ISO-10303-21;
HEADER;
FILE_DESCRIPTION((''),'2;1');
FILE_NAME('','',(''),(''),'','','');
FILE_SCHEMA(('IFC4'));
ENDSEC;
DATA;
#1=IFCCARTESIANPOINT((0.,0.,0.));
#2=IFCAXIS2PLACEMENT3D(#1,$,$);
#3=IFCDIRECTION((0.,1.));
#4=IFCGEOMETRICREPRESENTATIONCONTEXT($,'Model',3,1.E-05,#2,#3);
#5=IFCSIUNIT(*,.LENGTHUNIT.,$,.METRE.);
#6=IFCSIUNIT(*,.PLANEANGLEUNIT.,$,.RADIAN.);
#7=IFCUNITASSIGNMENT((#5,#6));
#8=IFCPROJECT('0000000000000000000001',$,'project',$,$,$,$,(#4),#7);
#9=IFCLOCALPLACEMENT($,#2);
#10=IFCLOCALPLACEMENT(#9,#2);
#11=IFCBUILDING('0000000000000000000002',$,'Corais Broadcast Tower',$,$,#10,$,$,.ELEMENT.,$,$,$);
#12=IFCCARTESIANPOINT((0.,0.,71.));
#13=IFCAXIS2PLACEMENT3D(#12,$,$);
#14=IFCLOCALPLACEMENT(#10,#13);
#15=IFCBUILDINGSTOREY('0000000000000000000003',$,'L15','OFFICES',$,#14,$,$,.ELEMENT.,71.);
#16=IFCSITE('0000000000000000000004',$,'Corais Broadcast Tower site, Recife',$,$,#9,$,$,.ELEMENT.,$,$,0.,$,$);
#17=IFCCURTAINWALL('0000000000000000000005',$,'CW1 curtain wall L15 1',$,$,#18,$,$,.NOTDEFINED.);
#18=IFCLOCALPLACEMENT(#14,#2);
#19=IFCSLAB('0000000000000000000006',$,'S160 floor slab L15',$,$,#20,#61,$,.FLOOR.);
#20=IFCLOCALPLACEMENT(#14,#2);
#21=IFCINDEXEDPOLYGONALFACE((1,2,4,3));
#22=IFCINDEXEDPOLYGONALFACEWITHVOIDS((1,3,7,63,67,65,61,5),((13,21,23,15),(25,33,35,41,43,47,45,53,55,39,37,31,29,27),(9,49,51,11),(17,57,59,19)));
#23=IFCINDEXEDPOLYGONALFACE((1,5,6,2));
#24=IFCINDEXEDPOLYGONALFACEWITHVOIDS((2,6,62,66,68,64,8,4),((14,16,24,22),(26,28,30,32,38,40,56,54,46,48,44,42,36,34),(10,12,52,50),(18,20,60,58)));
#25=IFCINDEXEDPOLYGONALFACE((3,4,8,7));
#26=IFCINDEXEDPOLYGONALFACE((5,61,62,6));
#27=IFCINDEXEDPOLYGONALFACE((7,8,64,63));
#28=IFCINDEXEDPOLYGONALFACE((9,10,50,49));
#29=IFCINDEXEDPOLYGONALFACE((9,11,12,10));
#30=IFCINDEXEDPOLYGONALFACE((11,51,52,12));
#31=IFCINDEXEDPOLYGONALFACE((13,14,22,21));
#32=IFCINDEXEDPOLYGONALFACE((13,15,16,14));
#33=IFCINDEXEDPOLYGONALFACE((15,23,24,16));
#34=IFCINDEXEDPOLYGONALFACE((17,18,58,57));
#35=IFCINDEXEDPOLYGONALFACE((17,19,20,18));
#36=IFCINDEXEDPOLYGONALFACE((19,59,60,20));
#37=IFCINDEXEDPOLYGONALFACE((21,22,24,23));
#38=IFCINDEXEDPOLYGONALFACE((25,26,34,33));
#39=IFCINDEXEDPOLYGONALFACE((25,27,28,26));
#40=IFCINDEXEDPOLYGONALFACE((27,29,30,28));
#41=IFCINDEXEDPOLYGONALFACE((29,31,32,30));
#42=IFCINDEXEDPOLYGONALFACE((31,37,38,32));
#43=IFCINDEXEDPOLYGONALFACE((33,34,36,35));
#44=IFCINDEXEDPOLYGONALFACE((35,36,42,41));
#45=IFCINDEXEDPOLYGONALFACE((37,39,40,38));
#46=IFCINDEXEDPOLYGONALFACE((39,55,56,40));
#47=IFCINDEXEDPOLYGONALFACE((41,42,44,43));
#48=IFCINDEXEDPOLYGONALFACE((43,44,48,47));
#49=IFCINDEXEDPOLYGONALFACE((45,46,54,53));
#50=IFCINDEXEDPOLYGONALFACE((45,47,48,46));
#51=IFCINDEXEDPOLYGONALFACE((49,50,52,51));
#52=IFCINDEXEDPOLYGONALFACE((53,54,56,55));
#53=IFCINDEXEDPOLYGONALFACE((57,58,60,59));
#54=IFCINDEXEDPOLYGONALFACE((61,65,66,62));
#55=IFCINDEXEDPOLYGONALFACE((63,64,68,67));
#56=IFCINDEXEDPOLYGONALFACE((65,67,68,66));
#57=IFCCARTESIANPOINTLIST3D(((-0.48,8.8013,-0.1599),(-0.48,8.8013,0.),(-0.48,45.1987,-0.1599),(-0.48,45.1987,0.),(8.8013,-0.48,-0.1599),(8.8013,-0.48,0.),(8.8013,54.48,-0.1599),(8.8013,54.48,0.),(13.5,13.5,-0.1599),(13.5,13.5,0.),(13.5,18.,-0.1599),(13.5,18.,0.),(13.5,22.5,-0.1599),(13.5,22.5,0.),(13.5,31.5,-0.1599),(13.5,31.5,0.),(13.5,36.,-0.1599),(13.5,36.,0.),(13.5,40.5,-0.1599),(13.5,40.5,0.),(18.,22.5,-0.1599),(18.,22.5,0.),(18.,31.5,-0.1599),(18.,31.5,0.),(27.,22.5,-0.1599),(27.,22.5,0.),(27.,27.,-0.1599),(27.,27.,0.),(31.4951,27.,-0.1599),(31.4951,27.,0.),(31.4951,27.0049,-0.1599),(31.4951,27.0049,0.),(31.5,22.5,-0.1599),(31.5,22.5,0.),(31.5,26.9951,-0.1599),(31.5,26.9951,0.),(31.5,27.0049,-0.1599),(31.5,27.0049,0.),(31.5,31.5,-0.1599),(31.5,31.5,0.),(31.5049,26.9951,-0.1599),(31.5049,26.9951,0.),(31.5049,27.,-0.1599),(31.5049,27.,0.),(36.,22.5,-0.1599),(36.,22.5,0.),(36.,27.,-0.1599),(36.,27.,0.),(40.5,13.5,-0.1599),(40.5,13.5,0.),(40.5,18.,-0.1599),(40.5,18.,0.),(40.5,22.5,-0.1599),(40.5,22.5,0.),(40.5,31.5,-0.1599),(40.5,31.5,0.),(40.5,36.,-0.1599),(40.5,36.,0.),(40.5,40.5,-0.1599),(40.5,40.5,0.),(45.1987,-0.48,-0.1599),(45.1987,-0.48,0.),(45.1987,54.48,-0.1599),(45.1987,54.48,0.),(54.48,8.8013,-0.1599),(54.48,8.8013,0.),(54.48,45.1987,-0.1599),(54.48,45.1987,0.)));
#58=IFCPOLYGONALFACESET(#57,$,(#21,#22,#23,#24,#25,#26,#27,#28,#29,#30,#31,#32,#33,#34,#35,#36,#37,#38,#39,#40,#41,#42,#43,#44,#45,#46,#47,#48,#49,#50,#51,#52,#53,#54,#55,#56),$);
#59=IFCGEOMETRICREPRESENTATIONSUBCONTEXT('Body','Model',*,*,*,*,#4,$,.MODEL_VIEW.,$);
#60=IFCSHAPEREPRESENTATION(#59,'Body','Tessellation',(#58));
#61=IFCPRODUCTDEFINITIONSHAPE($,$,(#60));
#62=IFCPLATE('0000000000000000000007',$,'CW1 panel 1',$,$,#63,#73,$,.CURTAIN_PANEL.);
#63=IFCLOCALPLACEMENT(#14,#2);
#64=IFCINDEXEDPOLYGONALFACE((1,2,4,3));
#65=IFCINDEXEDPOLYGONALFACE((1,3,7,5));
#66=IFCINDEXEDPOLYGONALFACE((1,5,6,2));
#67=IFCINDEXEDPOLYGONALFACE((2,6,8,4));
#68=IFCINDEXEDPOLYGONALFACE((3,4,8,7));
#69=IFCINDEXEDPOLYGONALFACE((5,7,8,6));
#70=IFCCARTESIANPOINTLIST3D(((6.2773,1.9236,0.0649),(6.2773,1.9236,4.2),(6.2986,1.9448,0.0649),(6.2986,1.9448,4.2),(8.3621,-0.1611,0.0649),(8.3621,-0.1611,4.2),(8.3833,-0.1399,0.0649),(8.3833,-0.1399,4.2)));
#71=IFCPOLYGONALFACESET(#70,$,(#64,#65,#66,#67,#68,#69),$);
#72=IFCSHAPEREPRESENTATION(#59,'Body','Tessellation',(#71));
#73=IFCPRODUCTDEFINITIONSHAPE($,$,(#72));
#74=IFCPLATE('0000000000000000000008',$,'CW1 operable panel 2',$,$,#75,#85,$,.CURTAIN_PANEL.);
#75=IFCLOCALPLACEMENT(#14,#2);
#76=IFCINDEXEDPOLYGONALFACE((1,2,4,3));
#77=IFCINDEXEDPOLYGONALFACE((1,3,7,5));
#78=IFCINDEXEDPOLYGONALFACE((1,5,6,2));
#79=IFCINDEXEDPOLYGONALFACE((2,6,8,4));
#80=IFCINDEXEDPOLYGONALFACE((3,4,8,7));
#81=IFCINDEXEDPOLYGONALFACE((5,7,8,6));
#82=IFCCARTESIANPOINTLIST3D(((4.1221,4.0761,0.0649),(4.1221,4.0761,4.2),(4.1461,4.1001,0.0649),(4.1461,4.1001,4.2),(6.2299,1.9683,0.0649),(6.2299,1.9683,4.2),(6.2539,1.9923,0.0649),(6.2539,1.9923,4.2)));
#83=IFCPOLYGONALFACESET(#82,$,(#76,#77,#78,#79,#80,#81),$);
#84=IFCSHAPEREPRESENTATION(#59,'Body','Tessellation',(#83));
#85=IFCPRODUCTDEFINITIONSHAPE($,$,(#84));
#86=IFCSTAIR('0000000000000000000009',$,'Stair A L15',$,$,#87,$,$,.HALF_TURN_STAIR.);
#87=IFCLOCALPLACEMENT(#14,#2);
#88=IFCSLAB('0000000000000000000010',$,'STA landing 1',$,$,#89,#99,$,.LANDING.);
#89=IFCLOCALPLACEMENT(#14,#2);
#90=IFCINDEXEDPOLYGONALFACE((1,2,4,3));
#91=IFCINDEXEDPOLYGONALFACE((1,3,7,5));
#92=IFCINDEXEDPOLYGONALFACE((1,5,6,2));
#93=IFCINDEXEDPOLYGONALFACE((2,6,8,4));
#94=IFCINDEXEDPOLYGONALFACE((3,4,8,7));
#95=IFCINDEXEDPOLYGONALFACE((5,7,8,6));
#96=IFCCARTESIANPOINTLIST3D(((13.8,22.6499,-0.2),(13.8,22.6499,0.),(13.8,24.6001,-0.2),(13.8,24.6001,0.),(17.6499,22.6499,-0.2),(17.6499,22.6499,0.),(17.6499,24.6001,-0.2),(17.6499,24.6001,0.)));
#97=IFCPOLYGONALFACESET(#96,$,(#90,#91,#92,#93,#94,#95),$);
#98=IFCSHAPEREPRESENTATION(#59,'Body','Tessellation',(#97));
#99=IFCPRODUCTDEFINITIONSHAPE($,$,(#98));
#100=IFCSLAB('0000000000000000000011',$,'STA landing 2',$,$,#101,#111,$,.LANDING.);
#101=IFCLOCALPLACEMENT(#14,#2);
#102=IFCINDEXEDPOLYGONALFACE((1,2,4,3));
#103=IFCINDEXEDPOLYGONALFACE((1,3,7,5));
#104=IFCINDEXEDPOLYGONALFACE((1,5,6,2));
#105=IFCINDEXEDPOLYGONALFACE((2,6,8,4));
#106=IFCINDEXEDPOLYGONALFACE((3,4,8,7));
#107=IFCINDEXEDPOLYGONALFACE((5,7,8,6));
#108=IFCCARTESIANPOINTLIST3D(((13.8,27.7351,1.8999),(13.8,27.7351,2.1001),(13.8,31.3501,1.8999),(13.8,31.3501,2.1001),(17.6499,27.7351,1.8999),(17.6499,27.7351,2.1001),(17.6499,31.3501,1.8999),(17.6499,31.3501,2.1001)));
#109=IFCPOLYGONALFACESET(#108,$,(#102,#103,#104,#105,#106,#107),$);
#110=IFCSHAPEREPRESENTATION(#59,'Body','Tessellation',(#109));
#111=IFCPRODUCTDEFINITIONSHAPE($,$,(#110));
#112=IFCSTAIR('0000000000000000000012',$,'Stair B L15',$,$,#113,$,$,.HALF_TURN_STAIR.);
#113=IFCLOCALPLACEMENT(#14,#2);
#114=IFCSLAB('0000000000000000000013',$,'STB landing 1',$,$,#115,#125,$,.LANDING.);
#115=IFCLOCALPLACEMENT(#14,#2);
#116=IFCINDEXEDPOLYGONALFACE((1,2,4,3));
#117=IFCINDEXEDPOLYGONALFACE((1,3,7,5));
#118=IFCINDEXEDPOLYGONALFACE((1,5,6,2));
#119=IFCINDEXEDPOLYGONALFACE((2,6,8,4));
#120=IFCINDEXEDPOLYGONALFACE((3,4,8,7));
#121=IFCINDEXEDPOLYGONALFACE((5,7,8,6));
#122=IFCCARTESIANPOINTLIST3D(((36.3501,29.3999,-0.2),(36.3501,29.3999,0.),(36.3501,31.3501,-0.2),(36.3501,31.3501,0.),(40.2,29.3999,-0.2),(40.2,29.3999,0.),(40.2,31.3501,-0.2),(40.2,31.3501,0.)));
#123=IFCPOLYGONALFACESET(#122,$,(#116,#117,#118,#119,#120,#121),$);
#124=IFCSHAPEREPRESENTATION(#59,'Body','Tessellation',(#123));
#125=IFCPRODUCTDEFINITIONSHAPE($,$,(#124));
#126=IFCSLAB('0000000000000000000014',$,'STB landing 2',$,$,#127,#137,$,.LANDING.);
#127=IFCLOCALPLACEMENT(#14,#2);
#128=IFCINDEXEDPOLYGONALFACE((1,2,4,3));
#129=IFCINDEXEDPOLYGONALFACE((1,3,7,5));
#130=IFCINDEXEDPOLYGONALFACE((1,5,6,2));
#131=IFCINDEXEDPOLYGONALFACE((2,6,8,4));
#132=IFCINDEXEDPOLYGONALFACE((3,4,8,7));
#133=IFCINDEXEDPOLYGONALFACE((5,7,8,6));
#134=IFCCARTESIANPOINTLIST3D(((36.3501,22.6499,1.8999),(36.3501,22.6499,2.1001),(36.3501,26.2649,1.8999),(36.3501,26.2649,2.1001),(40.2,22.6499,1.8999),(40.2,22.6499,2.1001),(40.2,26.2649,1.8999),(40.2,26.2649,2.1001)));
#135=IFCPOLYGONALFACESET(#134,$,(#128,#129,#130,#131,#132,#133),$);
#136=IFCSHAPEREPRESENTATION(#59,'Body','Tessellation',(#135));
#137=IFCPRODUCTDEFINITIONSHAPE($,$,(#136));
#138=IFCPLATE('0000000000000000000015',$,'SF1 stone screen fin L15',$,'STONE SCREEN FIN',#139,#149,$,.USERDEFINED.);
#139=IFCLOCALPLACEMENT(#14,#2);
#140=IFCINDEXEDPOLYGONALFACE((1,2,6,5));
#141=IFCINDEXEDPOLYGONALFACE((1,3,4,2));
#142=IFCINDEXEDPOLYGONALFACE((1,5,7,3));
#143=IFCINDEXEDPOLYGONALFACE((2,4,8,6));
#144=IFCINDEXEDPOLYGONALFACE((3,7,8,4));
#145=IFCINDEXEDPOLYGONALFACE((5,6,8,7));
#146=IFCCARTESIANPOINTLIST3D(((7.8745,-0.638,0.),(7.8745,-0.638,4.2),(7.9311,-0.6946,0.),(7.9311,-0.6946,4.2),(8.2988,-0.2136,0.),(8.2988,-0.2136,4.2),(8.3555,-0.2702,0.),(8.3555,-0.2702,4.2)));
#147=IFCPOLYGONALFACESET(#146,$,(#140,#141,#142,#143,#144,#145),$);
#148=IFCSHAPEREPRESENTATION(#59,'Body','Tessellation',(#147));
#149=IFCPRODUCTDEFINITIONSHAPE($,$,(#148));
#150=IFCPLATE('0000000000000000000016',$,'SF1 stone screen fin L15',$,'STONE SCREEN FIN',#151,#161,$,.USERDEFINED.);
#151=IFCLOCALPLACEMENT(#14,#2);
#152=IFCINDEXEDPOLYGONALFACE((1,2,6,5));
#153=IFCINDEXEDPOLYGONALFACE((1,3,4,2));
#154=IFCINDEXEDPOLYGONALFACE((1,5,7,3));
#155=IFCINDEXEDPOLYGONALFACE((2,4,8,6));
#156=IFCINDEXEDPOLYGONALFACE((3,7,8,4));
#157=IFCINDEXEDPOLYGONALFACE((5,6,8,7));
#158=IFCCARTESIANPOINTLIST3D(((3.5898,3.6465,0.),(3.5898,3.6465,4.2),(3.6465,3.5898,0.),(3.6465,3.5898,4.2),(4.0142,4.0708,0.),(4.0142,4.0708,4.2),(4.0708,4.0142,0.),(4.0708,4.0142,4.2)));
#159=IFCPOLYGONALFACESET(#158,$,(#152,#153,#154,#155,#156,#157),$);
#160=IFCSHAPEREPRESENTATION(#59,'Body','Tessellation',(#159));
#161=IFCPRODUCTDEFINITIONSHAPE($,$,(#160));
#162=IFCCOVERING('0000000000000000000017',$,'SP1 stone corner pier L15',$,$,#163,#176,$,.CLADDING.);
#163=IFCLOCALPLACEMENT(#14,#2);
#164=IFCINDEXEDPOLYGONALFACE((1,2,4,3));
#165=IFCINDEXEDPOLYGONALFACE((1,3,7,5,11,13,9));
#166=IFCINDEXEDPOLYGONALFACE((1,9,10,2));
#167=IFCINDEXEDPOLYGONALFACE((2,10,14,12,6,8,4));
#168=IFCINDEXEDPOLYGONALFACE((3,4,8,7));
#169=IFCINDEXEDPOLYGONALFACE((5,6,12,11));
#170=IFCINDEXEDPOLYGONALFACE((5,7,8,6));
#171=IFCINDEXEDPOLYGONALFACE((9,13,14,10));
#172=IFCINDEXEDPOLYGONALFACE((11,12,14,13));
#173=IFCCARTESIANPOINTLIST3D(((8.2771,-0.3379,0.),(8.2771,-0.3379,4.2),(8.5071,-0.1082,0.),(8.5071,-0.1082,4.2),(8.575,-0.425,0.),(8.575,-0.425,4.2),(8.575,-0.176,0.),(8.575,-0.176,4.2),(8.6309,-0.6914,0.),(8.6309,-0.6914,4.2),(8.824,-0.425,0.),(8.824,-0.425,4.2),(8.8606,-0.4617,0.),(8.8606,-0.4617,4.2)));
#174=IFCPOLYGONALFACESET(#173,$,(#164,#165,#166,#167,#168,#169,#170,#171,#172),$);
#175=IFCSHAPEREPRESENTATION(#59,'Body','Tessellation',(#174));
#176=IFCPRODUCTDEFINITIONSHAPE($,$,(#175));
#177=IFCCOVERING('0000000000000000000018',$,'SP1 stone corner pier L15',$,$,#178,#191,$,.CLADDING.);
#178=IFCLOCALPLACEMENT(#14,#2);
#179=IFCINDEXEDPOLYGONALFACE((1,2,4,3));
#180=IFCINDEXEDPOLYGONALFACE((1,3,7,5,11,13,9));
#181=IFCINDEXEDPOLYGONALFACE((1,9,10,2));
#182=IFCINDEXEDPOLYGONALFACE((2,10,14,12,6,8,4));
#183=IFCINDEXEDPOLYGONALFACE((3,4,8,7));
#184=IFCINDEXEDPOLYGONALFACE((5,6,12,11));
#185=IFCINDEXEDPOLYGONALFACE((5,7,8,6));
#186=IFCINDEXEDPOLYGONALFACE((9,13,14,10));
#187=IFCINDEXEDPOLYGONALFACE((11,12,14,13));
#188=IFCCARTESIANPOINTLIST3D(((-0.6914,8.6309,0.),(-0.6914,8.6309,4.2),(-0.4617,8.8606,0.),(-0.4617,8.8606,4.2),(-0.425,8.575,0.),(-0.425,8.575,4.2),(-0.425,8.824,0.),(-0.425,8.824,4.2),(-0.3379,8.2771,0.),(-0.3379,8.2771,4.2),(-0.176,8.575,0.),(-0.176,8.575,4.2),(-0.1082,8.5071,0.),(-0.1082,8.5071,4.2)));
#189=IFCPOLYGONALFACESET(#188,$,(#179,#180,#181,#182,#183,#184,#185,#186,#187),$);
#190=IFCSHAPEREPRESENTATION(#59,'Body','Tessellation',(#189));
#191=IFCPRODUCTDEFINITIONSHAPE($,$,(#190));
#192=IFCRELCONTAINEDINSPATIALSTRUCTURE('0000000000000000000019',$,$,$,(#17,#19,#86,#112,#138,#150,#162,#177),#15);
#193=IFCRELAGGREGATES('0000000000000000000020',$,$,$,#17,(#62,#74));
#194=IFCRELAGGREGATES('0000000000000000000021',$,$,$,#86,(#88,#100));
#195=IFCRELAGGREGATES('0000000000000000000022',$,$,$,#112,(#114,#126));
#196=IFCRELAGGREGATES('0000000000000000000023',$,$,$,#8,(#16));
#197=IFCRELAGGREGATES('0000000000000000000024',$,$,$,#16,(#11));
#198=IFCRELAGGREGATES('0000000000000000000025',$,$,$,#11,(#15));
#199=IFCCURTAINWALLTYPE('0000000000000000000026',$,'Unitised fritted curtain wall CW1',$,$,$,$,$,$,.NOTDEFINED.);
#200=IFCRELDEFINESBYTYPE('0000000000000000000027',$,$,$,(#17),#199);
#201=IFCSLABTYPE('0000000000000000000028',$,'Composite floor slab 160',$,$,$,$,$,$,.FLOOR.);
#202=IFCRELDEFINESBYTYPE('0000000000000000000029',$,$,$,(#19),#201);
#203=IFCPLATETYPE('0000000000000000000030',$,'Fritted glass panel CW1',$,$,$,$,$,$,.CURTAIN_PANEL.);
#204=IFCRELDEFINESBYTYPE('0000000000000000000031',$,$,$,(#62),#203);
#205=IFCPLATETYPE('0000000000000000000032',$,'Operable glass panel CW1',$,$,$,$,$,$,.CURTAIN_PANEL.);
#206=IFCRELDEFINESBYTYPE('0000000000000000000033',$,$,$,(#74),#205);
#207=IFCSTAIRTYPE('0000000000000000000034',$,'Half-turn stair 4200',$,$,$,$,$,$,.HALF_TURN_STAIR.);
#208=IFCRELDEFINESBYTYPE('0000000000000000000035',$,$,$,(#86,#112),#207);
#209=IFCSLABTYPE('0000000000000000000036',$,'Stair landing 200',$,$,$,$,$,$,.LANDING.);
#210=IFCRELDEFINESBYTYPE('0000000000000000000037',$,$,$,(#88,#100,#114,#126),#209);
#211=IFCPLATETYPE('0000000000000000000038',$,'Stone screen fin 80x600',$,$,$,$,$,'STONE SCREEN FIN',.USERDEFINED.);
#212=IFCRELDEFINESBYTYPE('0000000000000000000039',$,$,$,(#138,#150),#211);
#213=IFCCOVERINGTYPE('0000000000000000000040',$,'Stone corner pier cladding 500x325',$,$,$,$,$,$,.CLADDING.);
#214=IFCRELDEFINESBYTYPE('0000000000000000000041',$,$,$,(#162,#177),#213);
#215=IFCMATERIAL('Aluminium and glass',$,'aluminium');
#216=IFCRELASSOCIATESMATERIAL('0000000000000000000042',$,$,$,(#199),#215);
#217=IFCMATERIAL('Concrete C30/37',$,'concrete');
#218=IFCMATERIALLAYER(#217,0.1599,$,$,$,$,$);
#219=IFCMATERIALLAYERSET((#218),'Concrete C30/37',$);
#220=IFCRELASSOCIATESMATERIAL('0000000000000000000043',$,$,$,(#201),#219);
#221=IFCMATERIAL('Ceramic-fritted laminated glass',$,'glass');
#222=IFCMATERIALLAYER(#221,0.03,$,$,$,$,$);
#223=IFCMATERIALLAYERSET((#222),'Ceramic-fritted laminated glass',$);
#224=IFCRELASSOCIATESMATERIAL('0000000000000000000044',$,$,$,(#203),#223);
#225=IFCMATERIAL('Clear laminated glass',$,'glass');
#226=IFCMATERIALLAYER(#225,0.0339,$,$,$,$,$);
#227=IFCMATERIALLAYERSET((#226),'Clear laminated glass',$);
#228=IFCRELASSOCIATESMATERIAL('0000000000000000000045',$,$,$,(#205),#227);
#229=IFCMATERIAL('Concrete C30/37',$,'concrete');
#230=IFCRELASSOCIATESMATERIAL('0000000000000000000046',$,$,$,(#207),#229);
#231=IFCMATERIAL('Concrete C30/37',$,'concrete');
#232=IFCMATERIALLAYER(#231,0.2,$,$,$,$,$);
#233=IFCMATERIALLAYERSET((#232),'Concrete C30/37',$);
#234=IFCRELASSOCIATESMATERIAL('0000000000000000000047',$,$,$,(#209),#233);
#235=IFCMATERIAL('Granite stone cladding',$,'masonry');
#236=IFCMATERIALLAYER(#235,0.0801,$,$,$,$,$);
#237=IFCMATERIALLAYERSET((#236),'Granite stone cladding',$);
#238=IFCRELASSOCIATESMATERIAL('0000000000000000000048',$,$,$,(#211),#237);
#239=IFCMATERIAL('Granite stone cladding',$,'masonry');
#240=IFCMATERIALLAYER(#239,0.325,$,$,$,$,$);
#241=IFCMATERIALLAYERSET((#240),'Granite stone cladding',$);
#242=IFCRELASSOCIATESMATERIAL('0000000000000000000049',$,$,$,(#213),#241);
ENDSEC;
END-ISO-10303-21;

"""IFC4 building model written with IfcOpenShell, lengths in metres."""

from ifc_helpers import new_model, si_unit, direction, frame, origin, origin_2d, place, context, subcontext, project, spatial, polyline, rectangle, outline, extrude, material, layer, layer_set, type_object, element, aggregate, save


model = new_model("IFC4")

# Units and contexts
model_context = context("Model", 3, precision=1e-05, world=origin(), true_north=direction((0.0, 1.0)))
body_context = subcontext(model_context, "Body", "Model", "MODEL_VIEW")
ifc_project = project(units=[si_unit("LENGTHUNIT", "METRE"), si_unit("PLANEANGLEUNIT", "RADIAN")], contexts=[model_context])

# Site, building, storey
site_placement = place(None, origin())
site = spatial("IfcSite", under=ifc_project, at=site_placement, Name="Corais Broadcast Tower site, Recife", CompositionType="ELEMENT", RefElevation=0.0)
building_placement = place(site_placement, origin())
building = spatial("IfcBuilding", under=site, at=building_placement, Name="Corais Broadcast Tower", CompositionType="ELEMENT")
storey_placement = place(building_placement, frame((0.0, 0.0, 71.0)))
storey = spatial("IfcBuildingStorey", under=building, at=storey_placement, Name="L15", Description="OFFICES", CompositionType="ELEMENT", Elevation=71.0)

# Curtain wall
ifc_material_1 = material(Name="Aluminium and glass", Category="aluminium")
curtain_wall_type = type_object("IfcCurtainWallType", Name="Unitised fritted curtain wall CW1", PredefinedType="NOTDEFINED", material=ifc_material_1)
curtain_wall_placement = place(storey_placement, origin())
curtain_wall = element("IfcCurtainWall", 1, at=curtain_wall_placement, inside=storey, type_object=curtain_wall_type, Name="CW1 curtain wall L15 1", PredefinedType="NOTDEFINED")

# Slab
ifc_material_2 = material(Name="Concrete C30/37", Category="concrete")
ifc_layer_1 = layer(ifc_material_2, 0.1599)
ifc_layer_set_1 = layer_set([ifc_layer_1], Name="Concrete C30/37")
slab_type_1 = type_object("IfcSlabType", Name="Composite floor slab 160", PredefinedType="FLOOR", material=ifc_layer_set_1)
slab_1_placement = place(storey_placement, frame((0.0, 0.0, -0.1599)))
element("IfcSlab", 2, at=slab_1_placement, inside=storey, type_object=slab_type_1, Name="S160 floor slab L15", PredefinedType="FLOOR", context=body_context, shape_type="SweptSolid", body=[
    extrude(outline(polyline([(8.8013, -0.48), (-0.48, 8.8013), (-0.48, 45.1987), (8.8013, 54.48), (45.1987, 54.48), (54.48, 45.1987), (54.48, 8.8013), (45.1987, -0.48), (8.8013, -0.48)]), holes=[polyline([(13.5, 18.0), (40.5, 18.0), (40.5, 13.5), (13.5, 13.5), (13.5, 18.0)]), polyline([(13.5, 22.5), (13.5, 31.5), (18.0, 31.5), (18.0, 22.5), (13.5, 22.5)]), polyline([(13.5, 40.5), (40.5, 40.5), (40.5, 36.0), (13.5, 36.0), (13.5, 40.5)]), polyline([(27.0, 22.5), (27.0, 27.0), (31.4951, 27.0), (31.4951, 27.0049), (31.5, 27.0049), (31.5, 31.5), (40.5, 31.5), (40.5, 22.5), (36.0, 22.5), (36.0, 27.0), (31.5049, 27.0), (31.5049, 26.9951), (31.5, 26.9951), (31.5, 22.5), (27.0, 22.5)])]), origin(), (0.0, 0.0, 1.0), 0.1599),
])

# Plates
ifc_material_3 = material(Name="Ceramic-fritted laminated glass", Category="glass")
ifc_layer_2 = layer(ifc_material_3, 0.03)
ifc_layer_set_2 = layer_set([ifc_layer_2], Name="Ceramic-fritted laminated glass")
plate_type_1 = type_object("IfcPlateType", Name="Fritted glass panel CW1", PredefinedType="CURTAIN_PANEL", material=ifc_layer_set_2)
plate_1_placement = place(storey_placement, frame((7.3303, 0.8918, 0.0649), z_axis=(0.0, 0.0, 1.0), x_axis=(-0.707107, 0.707107, 0.0)))
plate_1 = element("IfcPlate", 3, at=plate_1_placement, type_object=plate_type_1, Name="CW1 panel 1", PredefinedType="CURTAIN_PANEL", context=body_context, shape_type="SweptSolid", body=[
    extrude(rectangle(XDim=2.9482, YDim=0.03, at=origin_2d()), origin(), (0.0, 0.0, 1.0), 4.135),
])
ifc_material_4 = material(Name="Clear laminated glass", Category="glass")
ifc_layer_3 = layer(ifc_material_4, 0.0339)
ifc_layer_set_3 = layer_set([ifc_layer_3], Name="Clear laminated glass")
plate_type_2 = type_object("IfcPlateType", Name="Operable glass panel CW1", PredefinedType="CURTAIN_PANEL", material=ifc_layer_set_3)
plate_2_placement = place(storey_placement, frame((5.188, 3.0342, 0.0649), z_axis=(0.0, 0.0, 1.0), x_axis=(-0.707107, 0.707107, 0.0)))
plate_2 = element("IfcPlate", 4, at=plate_2_placement, type_object=plate_type_2, Name="CW1 operable panel 2", PredefinedType="CURTAIN_PANEL", context=body_context, shape_type="SweptSolid", body=[
    extrude(rectangle(XDim=2.981, YDim=0.0339, at=origin_2d()), origin(), (0.0, 0.0, 1.0), 4.135),
])
aggregate(curtain_wall, [plate_1, plate_2])

# Stairs, slabs
ifc_material_5 = material(Name="Concrete C30/37", Category="concrete")
stair_type = type_object("IfcStairType", Name="Half-turn stair 4200", PredefinedType="HALF_TURN_STAIR", material=ifc_material_5)
stair_1_placement = place(storey_placement, origin())
stair_1 = element("IfcStair", 5, at=stair_1_placement, inside=storey, type_object=stair_type, Name="Stair A L15", PredefinedType="HALF_TURN_STAIR")
ifc_material_6 = material(Name="Concrete C30/37", Category="concrete")
ifc_layer_4 = layer(ifc_material_6, 0.2)
ifc_layer_set_4 = layer_set([ifc_layer_4], Name="Concrete C30/37")
slab_type_2 = type_object("IfcSlabType", Name="Stair landing 200", PredefinedType="LANDING", material=ifc_layer_set_4)
slab_2_placement = place(storey_placement, frame((0.0, 0.0, -0.2)))
slab_2 = element("IfcSlab", 6, at=slab_2_placement, type_object=slab_type_2, Name="STA landing 1", PredefinedType="LANDING", context=body_context, shape_type="SweptSolid", body=[
    extrude(outline(polyline([(13.8, 22.6499), (17.6499, 22.6499), (17.6499, 24.6001), (13.8, 24.6001), (13.8, 22.6499)])), origin(), (0.0, 0.0, 1.0), 0.2),
])
slab_3_placement = place(storey_placement, frame((0.0, 0.0, 1.8999)))
slab_3 = element("IfcSlab", 7, at=slab_3_placement, type_object=slab_type_2, Name="STA landing 2", PredefinedType="LANDING", context=body_context, shape_type="SweptSolid", body=[
    extrude(outline(polyline([(13.8, 27.7351), (17.6499, 27.7351), (17.6499, 31.3501), (13.8, 31.3501), (13.8, 27.7351)])), origin(), (0.0, 0.0, 1.0), 0.2002),
])
aggregate(stair_1, [slab_2, slab_3])
stair_2_placement = place(storey_placement, origin())
stair_2 = element("IfcStair", 8, at=stair_2_placement, inside=storey, type_object=stair_type, Name="Stair B L15", PredefinedType="HALF_TURN_STAIR")
slab_4_placement = place(storey_placement, frame((0.0, 0.0, -0.2)))
slab_4 = element("IfcSlab", 9, at=slab_4_placement, type_object=slab_type_2, Name="STB landing 1", PredefinedType="LANDING", context=body_context, shape_type="SweptSolid", body=[
    extrude(outline(polyline([(36.3501, 29.3999), (40.2, 29.3999), (40.2, 31.3501), (36.3501, 31.3501), (36.3501, 29.3999)])), origin(), (0.0, 0.0, 1.0), 0.2),
])
slab_5_placement = place(storey_placement, frame((0.0, 0.0, 1.8999)))
slab_5 = element("IfcSlab", 10, at=slab_5_placement, type_object=slab_type_2, Name="STB landing 2", PredefinedType="LANDING", context=body_context, shape_type="SweptSolid", body=[
    extrude(outline(polyline([(36.3501, 22.6499), (40.2, 22.6499), (40.2, 26.2649), (36.3501, 26.2649), (36.3501, 22.6499)])), origin(), (0.0, 0.0, 1.0), 0.2002),
])
aggregate(stair_2, [slab_4, slab_5])

# Plates
ifc_material_7 = material(Name="Granite stone cladding", Category="masonry")
ifc_layer_5 = layer(ifc_material_7, 0.0801)
ifc_layer_set_5 = layer_set([ifc_layer_5], Name="Granite stone cladding")
plate_type_3 = type_object("IfcPlateType", Name="Stone screen fin 80x600", ElementType="STONE SCREEN FIN", PredefinedType="USERDEFINED", material=ifc_layer_set_5)
for number, where, z_axis, x_axis, name in (
    (11, (8.115, -0.4541, 0.0), (0.0, 0.0, 1.0), (-0.707107, 0.707107, 0.0), "SF1 stone screen fin L15"),
    (12, (3.8303, 3.8303, 0.0), (0.0, 0.0, 1.0), (-0.707107, 0.707107, 0.0), "SF1 stone screen fin L15"),
):
    element("IfcPlate", number, at=place(storey_placement, frame(where, z_axis=z_axis, x_axis=x_axis)), inside=storey, type_object=plate_type_3, Name=name, ObjectType="STONE SCREEN FIN", PredefinedType="USERDEFINED", context=body_context, shape_type="SweptSolid", body=[
        extrude(rectangle(XDim=0.0801, YDim=0.6001, at=origin_2d()), origin(), (0.0, 0.0, 1.0), 4.2),
    ])

# Coverings
ifc_material_8 = material(Name="Granite stone cladding", Category="masonry")
ifc_layer_6 = layer(ifc_material_8, 0.325)
ifc_layer_set_6 = layer_set([ifc_layer_6], Name="Granite stone cladding")
covering_type_1 = type_object("IfcCoveringType", Name="Stone corner pier cladding 500x325", PredefinedType="CLADDING", material=ifc_layer_set_6)
covering_1_placement = place(storey_placement, origin())
element("IfcCovering", 13, at=covering_1_placement, inside=storey, type_object=covering_type_1, Name="SP1 stone corner pier L15", PredefinedType="CLADDING", context=body_context, shape_type="SweptSolid", body=[
    extrude(outline(polyline([(8.8606, -0.4617), (8.824, -0.425), (8.575, -0.425), (8.575, -0.176), (8.5071, -0.1082), (8.2771, -0.3379), (8.6309, -0.6914), (8.8606, -0.4617)])), origin(), (0.0, 0.0, 1.0), 4.2),
])
covering_2_placement = place(storey_placement, origin())
element("IfcCovering", 14, at=covering_2_placement, inside=storey, type_object=covering_type_1, Name="SP1 stone corner pier L15", PredefinedType="CLADDING", context=body_context, shape_type="SweptSolid", body=[
    extrude(outline(polyline([(-0.425, 8.824), (-0.4617, 8.8606), (-0.6914, 8.6309), (-0.3379, 8.2771), (-0.1082, 8.5071), (-0.176, 8.575), (-0.425, 8.575), (-0.425, 8.824)])), origin(), (0.0, 0.0, 1.0), 4.2),
])

save(model, "model.ifc")
